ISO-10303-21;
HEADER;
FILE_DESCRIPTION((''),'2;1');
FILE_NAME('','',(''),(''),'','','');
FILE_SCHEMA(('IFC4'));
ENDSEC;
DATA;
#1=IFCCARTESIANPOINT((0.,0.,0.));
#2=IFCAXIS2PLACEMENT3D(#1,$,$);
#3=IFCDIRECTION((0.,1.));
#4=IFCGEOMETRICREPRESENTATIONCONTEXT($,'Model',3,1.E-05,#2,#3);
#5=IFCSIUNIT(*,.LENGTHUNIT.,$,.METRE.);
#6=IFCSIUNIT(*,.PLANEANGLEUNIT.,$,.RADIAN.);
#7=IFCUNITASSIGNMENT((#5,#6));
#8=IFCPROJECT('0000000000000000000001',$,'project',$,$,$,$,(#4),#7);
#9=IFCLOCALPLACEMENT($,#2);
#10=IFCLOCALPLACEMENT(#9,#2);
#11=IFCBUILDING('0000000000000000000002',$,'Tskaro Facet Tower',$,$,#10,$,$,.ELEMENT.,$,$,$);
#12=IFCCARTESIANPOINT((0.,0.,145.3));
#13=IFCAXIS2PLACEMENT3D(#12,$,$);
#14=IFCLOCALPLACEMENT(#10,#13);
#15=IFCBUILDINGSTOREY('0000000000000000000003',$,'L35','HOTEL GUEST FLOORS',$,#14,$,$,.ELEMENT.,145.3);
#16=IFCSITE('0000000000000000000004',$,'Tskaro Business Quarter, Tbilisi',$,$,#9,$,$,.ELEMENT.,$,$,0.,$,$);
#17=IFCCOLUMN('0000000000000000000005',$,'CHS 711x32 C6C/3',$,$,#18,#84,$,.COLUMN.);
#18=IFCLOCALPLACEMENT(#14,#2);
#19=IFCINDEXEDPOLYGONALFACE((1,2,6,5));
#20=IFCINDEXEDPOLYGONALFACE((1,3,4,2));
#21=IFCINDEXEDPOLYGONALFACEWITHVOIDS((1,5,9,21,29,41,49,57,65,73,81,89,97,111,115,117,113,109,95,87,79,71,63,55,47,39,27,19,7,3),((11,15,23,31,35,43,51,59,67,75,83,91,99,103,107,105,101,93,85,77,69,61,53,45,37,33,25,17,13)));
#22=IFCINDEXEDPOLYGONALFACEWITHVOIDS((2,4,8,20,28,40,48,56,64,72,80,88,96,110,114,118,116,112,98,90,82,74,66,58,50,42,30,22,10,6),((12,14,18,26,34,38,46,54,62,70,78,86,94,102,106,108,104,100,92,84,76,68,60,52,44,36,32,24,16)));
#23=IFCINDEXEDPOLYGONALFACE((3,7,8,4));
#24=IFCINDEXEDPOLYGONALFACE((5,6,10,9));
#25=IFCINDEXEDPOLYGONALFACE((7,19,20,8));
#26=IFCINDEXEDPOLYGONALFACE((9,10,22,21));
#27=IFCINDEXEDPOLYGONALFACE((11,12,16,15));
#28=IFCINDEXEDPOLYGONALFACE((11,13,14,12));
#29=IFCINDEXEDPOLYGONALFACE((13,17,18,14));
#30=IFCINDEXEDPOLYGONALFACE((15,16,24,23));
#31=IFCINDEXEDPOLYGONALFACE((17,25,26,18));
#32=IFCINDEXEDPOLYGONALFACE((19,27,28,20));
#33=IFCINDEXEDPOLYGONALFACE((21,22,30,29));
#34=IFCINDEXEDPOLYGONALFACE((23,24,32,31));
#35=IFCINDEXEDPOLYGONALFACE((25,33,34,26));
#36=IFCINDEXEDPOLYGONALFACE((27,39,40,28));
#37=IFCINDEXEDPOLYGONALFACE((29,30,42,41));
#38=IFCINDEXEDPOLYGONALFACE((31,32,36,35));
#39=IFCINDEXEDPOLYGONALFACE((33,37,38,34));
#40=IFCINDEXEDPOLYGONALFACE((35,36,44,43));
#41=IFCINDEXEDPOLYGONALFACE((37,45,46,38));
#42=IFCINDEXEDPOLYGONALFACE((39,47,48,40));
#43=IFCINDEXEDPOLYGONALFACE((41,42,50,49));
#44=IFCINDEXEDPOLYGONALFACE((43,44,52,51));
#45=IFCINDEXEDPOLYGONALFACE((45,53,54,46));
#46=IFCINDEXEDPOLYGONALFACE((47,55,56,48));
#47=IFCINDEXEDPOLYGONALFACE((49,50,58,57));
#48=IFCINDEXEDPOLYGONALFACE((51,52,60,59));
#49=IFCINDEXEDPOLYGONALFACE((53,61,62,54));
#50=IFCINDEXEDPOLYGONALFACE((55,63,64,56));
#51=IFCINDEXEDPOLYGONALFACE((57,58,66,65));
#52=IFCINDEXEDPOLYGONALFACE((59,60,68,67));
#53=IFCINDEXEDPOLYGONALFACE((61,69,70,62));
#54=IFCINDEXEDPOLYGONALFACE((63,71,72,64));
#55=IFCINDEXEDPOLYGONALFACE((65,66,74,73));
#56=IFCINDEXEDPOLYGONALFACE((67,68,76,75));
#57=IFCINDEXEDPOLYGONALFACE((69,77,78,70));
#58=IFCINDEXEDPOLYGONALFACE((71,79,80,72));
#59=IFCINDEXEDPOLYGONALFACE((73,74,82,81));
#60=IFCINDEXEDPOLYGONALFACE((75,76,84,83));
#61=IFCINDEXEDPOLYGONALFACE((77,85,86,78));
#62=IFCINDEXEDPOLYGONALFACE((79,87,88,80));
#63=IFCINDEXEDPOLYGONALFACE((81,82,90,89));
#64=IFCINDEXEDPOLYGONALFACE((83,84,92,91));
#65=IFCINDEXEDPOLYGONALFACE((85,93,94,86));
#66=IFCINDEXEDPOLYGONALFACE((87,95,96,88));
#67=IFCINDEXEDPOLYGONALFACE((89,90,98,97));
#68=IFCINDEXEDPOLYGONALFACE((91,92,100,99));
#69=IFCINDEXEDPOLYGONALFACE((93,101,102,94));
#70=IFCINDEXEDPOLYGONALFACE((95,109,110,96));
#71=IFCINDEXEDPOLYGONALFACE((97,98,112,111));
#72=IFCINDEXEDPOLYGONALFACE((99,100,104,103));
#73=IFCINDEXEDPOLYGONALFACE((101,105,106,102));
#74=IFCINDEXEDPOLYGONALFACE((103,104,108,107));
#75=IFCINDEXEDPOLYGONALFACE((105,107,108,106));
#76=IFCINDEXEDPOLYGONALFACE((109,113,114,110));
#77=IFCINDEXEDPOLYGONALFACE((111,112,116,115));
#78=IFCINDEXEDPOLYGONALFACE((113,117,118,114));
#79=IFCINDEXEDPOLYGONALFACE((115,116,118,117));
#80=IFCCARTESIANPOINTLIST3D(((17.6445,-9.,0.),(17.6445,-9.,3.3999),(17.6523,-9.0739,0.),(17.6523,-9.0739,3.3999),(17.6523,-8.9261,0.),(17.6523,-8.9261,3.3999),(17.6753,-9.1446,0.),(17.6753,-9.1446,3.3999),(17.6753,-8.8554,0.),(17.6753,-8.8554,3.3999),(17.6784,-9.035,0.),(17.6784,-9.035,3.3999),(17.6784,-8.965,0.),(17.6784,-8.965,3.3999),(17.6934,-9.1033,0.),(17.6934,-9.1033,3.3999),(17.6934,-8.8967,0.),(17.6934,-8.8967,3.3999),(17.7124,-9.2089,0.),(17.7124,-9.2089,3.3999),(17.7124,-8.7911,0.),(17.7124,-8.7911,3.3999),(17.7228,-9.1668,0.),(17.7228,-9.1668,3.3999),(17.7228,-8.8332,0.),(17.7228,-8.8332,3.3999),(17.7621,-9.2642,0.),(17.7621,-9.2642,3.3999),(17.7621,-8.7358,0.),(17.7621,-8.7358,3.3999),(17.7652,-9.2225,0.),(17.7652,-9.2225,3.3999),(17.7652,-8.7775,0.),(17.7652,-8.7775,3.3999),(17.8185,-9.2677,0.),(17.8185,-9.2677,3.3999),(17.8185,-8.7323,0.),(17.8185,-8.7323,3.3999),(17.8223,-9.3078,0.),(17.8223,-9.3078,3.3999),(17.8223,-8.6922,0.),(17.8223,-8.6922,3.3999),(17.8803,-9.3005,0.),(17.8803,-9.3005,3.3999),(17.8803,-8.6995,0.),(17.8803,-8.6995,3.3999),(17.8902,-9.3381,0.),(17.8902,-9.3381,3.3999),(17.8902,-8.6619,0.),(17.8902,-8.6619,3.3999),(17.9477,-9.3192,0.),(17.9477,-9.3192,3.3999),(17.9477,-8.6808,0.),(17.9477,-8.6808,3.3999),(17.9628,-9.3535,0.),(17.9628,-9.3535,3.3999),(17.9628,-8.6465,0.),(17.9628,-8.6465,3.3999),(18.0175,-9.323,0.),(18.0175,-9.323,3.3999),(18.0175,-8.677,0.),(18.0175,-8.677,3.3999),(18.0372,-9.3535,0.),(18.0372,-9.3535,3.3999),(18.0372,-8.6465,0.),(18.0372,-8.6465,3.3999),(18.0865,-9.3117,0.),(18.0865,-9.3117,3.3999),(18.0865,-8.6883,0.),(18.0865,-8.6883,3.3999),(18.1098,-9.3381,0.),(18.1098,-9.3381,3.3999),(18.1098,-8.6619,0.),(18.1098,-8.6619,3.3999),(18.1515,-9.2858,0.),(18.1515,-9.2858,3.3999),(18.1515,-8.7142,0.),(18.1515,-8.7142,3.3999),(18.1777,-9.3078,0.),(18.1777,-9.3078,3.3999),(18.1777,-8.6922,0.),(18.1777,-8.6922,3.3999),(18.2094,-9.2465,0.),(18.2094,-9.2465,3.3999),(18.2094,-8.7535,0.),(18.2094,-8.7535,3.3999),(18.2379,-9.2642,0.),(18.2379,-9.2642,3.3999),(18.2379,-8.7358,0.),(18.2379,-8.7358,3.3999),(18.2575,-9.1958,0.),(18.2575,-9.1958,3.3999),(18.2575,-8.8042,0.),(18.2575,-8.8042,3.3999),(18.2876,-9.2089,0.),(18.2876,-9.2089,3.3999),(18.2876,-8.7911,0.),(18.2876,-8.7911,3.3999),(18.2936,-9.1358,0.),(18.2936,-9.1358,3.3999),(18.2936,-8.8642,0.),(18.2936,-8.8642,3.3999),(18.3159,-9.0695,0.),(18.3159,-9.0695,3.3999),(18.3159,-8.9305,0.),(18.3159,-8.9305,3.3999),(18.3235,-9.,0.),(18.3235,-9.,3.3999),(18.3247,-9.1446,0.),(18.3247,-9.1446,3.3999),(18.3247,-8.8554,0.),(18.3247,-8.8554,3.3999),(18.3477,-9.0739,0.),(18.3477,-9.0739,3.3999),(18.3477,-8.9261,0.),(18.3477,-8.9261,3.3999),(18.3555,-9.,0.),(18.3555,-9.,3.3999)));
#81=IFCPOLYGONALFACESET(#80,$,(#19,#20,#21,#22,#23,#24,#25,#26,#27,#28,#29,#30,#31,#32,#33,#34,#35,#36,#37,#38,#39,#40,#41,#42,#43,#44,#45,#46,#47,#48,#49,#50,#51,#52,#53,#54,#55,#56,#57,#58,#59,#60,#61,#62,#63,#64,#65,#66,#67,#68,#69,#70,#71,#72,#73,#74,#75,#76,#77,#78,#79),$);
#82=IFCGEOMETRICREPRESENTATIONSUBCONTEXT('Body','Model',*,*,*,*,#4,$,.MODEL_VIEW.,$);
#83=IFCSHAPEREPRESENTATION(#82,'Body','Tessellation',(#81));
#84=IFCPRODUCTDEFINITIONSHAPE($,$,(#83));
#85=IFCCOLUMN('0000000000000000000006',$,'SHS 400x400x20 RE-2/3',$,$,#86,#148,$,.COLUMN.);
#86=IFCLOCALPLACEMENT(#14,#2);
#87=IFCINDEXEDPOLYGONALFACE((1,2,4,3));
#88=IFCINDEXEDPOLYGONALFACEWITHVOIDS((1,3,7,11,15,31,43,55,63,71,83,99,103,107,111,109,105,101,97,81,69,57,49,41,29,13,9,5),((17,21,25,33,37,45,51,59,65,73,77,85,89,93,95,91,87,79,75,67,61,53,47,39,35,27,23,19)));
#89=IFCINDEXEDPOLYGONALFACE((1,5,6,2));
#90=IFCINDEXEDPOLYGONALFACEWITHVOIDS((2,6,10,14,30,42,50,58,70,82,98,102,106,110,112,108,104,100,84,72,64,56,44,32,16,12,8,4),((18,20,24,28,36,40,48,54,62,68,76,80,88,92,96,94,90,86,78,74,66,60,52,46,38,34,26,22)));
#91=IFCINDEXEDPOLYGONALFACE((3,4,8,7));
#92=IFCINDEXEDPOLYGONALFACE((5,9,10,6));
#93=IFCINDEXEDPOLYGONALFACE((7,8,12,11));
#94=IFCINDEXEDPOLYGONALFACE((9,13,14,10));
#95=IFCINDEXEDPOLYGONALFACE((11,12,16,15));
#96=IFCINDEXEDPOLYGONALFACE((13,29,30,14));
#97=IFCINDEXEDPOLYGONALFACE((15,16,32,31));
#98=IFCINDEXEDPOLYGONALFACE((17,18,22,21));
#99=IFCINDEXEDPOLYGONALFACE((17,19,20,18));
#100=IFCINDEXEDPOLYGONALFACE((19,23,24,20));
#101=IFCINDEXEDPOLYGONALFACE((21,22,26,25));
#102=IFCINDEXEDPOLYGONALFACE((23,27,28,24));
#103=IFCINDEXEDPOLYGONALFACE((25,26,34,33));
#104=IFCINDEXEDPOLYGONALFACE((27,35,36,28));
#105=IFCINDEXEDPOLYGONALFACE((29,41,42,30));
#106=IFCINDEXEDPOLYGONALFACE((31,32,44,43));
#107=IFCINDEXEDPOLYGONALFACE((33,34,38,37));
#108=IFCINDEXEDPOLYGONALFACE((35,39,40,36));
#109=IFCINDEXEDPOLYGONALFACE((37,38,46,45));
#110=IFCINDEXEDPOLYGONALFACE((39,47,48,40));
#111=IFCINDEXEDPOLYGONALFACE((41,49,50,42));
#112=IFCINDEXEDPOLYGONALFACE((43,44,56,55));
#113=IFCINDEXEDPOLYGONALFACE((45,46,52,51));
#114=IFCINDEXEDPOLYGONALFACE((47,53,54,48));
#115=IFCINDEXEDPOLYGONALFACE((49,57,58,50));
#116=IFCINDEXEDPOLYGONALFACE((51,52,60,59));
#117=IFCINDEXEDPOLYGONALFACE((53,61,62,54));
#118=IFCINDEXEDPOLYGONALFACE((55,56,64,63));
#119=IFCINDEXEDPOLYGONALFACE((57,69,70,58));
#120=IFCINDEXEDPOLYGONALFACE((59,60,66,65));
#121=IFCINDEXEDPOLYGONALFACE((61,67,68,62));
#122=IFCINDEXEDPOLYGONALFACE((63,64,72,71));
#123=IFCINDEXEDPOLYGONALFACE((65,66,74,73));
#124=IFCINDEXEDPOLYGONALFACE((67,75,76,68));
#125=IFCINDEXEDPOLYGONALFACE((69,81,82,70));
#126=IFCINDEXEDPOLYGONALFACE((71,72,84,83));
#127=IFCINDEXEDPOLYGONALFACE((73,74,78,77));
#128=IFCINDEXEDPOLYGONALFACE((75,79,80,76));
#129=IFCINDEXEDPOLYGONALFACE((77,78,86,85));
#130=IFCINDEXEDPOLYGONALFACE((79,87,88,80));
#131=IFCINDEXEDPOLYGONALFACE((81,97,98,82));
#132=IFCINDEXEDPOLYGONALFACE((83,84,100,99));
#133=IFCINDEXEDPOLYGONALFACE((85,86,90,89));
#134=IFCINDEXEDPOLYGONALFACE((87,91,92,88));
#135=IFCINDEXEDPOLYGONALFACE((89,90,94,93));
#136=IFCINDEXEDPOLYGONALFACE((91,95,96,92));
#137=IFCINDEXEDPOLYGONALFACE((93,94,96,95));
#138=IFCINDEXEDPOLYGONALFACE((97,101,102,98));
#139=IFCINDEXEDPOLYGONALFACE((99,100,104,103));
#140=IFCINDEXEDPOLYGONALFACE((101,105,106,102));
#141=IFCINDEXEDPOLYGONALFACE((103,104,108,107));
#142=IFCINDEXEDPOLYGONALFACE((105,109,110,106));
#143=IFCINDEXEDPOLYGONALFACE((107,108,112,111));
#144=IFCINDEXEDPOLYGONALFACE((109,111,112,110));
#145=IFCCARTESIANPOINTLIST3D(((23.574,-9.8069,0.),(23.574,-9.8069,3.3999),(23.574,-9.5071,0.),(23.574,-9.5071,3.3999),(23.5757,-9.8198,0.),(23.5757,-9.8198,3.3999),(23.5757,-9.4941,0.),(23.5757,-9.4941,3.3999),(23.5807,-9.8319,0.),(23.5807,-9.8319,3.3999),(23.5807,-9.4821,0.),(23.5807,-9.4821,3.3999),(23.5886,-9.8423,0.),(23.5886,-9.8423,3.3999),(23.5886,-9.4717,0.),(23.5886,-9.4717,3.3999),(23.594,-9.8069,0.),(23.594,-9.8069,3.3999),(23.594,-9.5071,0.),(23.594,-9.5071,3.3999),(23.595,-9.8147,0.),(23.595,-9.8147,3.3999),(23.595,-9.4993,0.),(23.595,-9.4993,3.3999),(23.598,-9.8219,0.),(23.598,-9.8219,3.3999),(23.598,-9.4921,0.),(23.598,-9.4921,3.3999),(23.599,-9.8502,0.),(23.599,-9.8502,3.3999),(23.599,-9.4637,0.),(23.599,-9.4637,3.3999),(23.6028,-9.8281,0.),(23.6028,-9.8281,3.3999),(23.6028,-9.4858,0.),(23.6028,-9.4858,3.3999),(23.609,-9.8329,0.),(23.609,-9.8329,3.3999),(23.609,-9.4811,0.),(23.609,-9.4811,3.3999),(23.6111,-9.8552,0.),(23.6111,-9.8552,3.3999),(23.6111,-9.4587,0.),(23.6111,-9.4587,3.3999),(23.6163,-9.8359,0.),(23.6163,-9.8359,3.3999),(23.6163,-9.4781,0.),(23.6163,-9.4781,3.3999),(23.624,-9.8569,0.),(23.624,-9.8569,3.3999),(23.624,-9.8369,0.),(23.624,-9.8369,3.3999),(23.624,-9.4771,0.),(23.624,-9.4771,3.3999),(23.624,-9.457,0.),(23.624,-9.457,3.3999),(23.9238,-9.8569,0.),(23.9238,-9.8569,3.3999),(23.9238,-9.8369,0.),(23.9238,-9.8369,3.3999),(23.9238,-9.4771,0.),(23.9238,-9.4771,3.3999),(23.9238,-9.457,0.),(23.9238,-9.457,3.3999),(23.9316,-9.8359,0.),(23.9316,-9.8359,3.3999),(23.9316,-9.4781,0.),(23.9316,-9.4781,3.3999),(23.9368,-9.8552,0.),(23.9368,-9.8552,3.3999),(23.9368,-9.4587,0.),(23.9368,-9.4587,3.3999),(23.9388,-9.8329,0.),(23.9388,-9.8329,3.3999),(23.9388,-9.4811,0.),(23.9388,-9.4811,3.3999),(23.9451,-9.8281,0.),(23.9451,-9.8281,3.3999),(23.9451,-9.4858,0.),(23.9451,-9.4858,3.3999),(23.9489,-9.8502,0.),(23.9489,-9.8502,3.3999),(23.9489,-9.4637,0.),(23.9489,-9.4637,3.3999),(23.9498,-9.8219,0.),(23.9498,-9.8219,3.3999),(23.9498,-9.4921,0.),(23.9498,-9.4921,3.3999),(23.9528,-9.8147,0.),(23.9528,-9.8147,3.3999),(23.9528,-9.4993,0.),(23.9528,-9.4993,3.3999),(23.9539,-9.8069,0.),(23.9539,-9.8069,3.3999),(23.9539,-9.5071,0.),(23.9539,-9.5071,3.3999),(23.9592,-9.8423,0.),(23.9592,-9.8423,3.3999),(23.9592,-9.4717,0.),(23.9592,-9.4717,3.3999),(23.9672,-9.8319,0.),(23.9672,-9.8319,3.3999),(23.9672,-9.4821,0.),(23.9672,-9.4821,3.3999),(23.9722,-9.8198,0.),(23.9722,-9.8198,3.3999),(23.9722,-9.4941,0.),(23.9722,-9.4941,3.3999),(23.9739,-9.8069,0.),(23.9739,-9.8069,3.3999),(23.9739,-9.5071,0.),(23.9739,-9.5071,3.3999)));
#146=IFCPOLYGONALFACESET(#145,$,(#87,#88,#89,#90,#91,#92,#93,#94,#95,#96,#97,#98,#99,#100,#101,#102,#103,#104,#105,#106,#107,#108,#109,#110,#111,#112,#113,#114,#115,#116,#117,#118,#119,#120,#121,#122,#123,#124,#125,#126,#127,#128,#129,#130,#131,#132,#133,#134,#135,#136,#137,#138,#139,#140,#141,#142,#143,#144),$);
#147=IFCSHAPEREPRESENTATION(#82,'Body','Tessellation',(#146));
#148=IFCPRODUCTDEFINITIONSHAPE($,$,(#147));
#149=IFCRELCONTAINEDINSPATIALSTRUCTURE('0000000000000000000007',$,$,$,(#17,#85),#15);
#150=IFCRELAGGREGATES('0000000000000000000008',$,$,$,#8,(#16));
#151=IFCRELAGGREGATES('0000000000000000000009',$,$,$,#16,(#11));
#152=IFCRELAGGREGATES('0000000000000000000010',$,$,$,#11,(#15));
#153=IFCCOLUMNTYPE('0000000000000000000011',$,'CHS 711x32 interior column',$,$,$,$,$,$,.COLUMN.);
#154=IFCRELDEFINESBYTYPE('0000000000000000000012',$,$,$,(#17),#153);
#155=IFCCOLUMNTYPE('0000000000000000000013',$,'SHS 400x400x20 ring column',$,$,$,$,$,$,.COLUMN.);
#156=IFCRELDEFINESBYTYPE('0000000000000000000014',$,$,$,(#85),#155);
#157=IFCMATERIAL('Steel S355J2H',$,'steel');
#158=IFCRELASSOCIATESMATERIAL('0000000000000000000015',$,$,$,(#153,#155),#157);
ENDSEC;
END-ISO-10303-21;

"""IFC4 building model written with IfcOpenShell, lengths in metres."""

from ifc_helpers import new_model, si_unit, direction, frame, origin, origin_2d, place, context, subcontext, project, spatial, hollow_rectangle, hollow_circle, extrude, material, material_profile, profile_set, type_object, element, save


model = new_model("IFC4")

# Units and contexts
model_context = context("Model", 3, precision=1e-05, world=origin(), true_north=direction((0.0, 1.0)))
body_context = subcontext(model_context, "Body", "Model", "MODEL_VIEW")
ifc_project = project(units=[si_unit("LENGTHUNIT", "METRE"), si_unit("PLANEANGLEUNIT", "RADIAN")], contexts=[model_context])

# Site, building, storey
site_placement = place(None, origin())
site = spatial("IfcSite", under=ifc_project, at=site_placement, Name="Tskaro Business Quarter, Tbilisi", CompositionType="ELEMENT", RefElevation=0.0)
building_placement = place(site_placement, origin())
building = spatial("IfcBuilding", under=site, at=building_placement, Name="Tskaro Facet Tower", CompositionType="ELEMENT")
storey_placement = place(building_placement, frame((0.0, 0.0, 145.3)))
storey = spatial("IfcBuildingStorey", under=building, at=storey_placement, Name="L35", Description="HOTEL GUEST FLOORS", CompositionType="ELEMENT", Elevation=145.3)

# Columns
ifc_material_1 = material(Name="Steel S355J2H", Category="steel")
ifc_material_profile_1 = material_profile(ifc_material_1, hollow_circle(Radius=0.3555, WallThickness=0.032, at=origin_2d()), Name="CHS 711x32")
ifc_profile_set_1 = profile_set([ifc_material_profile_1], Name="Steel S355J2H")
column_type_1 = type_object("IfcColumnType", Name="CHS 711x32 interior column", PredefinedType="COLUMN", material=ifc_profile_set_1)
column_placement = place(storey_placement, frame((18.0, -9.0, 0.0), z_axis=(0.0, 0.0, 1.0), x_axis=(1.0, 0.0, 0.0)))
element("IfcColumn", 1, at=column_placement, inside=storey, type_object=column_type_1, Name="CHS 711x32 C6C/3", PredefinedType="COLUMN", context=body_context, shape_type="SweptSolid", body=[
    extrude(hollow_circle(Radius=0.3555, WallThickness=0.032, at=origin_2d()), origin(), (0.0, 0.0, 1.0), 3.3999),
])
ifc_material_profile_2 = material_profile(ifc_material_1, hollow_rectangle(XDim=0.3999, YDim=0.3999, WallThickness=0.02, InnerFilletRadius=0.03, OuterFilletRadius=0.05, at=origin_2d()), Name="SHS 400x400x20")
ifc_profile_set_2 = profile_set([ifc_material_profile_2], Name="Steel S355J2H")
column_type_2 = type_object("IfcColumnType", Name="SHS 400x400x20 ring column", PredefinedType="COLUMN", material=ifc_profile_set_2)
for number, where, z_axis, x_axis, name in (
    (2, (23.7739, -9.657, 0.0), (0.0, 0.0, 1.0), (1.0, 0.0, 0.0), "SHS 400x400x20 RE-2/3"),
):
    element("IfcColumn", number, at=place(storey_placement, frame(where, z_axis=z_axis, x_axis=x_axis)), inside=storey, type_object=column_type_2, Name=name, PredefinedType="COLUMN", context=body_context, shape_type="SweptSolid", body=[
        extrude(hollow_rectangle(XDim=0.3999, YDim=0.3999, WallThickness=0.02, InnerFilletRadius=0.03, OuterFilletRadius=0.05, at=origin_2d()), origin(), (0.0, 0.0, 1.0), 3.3999),
    ])

save(model, "model.ifc")
